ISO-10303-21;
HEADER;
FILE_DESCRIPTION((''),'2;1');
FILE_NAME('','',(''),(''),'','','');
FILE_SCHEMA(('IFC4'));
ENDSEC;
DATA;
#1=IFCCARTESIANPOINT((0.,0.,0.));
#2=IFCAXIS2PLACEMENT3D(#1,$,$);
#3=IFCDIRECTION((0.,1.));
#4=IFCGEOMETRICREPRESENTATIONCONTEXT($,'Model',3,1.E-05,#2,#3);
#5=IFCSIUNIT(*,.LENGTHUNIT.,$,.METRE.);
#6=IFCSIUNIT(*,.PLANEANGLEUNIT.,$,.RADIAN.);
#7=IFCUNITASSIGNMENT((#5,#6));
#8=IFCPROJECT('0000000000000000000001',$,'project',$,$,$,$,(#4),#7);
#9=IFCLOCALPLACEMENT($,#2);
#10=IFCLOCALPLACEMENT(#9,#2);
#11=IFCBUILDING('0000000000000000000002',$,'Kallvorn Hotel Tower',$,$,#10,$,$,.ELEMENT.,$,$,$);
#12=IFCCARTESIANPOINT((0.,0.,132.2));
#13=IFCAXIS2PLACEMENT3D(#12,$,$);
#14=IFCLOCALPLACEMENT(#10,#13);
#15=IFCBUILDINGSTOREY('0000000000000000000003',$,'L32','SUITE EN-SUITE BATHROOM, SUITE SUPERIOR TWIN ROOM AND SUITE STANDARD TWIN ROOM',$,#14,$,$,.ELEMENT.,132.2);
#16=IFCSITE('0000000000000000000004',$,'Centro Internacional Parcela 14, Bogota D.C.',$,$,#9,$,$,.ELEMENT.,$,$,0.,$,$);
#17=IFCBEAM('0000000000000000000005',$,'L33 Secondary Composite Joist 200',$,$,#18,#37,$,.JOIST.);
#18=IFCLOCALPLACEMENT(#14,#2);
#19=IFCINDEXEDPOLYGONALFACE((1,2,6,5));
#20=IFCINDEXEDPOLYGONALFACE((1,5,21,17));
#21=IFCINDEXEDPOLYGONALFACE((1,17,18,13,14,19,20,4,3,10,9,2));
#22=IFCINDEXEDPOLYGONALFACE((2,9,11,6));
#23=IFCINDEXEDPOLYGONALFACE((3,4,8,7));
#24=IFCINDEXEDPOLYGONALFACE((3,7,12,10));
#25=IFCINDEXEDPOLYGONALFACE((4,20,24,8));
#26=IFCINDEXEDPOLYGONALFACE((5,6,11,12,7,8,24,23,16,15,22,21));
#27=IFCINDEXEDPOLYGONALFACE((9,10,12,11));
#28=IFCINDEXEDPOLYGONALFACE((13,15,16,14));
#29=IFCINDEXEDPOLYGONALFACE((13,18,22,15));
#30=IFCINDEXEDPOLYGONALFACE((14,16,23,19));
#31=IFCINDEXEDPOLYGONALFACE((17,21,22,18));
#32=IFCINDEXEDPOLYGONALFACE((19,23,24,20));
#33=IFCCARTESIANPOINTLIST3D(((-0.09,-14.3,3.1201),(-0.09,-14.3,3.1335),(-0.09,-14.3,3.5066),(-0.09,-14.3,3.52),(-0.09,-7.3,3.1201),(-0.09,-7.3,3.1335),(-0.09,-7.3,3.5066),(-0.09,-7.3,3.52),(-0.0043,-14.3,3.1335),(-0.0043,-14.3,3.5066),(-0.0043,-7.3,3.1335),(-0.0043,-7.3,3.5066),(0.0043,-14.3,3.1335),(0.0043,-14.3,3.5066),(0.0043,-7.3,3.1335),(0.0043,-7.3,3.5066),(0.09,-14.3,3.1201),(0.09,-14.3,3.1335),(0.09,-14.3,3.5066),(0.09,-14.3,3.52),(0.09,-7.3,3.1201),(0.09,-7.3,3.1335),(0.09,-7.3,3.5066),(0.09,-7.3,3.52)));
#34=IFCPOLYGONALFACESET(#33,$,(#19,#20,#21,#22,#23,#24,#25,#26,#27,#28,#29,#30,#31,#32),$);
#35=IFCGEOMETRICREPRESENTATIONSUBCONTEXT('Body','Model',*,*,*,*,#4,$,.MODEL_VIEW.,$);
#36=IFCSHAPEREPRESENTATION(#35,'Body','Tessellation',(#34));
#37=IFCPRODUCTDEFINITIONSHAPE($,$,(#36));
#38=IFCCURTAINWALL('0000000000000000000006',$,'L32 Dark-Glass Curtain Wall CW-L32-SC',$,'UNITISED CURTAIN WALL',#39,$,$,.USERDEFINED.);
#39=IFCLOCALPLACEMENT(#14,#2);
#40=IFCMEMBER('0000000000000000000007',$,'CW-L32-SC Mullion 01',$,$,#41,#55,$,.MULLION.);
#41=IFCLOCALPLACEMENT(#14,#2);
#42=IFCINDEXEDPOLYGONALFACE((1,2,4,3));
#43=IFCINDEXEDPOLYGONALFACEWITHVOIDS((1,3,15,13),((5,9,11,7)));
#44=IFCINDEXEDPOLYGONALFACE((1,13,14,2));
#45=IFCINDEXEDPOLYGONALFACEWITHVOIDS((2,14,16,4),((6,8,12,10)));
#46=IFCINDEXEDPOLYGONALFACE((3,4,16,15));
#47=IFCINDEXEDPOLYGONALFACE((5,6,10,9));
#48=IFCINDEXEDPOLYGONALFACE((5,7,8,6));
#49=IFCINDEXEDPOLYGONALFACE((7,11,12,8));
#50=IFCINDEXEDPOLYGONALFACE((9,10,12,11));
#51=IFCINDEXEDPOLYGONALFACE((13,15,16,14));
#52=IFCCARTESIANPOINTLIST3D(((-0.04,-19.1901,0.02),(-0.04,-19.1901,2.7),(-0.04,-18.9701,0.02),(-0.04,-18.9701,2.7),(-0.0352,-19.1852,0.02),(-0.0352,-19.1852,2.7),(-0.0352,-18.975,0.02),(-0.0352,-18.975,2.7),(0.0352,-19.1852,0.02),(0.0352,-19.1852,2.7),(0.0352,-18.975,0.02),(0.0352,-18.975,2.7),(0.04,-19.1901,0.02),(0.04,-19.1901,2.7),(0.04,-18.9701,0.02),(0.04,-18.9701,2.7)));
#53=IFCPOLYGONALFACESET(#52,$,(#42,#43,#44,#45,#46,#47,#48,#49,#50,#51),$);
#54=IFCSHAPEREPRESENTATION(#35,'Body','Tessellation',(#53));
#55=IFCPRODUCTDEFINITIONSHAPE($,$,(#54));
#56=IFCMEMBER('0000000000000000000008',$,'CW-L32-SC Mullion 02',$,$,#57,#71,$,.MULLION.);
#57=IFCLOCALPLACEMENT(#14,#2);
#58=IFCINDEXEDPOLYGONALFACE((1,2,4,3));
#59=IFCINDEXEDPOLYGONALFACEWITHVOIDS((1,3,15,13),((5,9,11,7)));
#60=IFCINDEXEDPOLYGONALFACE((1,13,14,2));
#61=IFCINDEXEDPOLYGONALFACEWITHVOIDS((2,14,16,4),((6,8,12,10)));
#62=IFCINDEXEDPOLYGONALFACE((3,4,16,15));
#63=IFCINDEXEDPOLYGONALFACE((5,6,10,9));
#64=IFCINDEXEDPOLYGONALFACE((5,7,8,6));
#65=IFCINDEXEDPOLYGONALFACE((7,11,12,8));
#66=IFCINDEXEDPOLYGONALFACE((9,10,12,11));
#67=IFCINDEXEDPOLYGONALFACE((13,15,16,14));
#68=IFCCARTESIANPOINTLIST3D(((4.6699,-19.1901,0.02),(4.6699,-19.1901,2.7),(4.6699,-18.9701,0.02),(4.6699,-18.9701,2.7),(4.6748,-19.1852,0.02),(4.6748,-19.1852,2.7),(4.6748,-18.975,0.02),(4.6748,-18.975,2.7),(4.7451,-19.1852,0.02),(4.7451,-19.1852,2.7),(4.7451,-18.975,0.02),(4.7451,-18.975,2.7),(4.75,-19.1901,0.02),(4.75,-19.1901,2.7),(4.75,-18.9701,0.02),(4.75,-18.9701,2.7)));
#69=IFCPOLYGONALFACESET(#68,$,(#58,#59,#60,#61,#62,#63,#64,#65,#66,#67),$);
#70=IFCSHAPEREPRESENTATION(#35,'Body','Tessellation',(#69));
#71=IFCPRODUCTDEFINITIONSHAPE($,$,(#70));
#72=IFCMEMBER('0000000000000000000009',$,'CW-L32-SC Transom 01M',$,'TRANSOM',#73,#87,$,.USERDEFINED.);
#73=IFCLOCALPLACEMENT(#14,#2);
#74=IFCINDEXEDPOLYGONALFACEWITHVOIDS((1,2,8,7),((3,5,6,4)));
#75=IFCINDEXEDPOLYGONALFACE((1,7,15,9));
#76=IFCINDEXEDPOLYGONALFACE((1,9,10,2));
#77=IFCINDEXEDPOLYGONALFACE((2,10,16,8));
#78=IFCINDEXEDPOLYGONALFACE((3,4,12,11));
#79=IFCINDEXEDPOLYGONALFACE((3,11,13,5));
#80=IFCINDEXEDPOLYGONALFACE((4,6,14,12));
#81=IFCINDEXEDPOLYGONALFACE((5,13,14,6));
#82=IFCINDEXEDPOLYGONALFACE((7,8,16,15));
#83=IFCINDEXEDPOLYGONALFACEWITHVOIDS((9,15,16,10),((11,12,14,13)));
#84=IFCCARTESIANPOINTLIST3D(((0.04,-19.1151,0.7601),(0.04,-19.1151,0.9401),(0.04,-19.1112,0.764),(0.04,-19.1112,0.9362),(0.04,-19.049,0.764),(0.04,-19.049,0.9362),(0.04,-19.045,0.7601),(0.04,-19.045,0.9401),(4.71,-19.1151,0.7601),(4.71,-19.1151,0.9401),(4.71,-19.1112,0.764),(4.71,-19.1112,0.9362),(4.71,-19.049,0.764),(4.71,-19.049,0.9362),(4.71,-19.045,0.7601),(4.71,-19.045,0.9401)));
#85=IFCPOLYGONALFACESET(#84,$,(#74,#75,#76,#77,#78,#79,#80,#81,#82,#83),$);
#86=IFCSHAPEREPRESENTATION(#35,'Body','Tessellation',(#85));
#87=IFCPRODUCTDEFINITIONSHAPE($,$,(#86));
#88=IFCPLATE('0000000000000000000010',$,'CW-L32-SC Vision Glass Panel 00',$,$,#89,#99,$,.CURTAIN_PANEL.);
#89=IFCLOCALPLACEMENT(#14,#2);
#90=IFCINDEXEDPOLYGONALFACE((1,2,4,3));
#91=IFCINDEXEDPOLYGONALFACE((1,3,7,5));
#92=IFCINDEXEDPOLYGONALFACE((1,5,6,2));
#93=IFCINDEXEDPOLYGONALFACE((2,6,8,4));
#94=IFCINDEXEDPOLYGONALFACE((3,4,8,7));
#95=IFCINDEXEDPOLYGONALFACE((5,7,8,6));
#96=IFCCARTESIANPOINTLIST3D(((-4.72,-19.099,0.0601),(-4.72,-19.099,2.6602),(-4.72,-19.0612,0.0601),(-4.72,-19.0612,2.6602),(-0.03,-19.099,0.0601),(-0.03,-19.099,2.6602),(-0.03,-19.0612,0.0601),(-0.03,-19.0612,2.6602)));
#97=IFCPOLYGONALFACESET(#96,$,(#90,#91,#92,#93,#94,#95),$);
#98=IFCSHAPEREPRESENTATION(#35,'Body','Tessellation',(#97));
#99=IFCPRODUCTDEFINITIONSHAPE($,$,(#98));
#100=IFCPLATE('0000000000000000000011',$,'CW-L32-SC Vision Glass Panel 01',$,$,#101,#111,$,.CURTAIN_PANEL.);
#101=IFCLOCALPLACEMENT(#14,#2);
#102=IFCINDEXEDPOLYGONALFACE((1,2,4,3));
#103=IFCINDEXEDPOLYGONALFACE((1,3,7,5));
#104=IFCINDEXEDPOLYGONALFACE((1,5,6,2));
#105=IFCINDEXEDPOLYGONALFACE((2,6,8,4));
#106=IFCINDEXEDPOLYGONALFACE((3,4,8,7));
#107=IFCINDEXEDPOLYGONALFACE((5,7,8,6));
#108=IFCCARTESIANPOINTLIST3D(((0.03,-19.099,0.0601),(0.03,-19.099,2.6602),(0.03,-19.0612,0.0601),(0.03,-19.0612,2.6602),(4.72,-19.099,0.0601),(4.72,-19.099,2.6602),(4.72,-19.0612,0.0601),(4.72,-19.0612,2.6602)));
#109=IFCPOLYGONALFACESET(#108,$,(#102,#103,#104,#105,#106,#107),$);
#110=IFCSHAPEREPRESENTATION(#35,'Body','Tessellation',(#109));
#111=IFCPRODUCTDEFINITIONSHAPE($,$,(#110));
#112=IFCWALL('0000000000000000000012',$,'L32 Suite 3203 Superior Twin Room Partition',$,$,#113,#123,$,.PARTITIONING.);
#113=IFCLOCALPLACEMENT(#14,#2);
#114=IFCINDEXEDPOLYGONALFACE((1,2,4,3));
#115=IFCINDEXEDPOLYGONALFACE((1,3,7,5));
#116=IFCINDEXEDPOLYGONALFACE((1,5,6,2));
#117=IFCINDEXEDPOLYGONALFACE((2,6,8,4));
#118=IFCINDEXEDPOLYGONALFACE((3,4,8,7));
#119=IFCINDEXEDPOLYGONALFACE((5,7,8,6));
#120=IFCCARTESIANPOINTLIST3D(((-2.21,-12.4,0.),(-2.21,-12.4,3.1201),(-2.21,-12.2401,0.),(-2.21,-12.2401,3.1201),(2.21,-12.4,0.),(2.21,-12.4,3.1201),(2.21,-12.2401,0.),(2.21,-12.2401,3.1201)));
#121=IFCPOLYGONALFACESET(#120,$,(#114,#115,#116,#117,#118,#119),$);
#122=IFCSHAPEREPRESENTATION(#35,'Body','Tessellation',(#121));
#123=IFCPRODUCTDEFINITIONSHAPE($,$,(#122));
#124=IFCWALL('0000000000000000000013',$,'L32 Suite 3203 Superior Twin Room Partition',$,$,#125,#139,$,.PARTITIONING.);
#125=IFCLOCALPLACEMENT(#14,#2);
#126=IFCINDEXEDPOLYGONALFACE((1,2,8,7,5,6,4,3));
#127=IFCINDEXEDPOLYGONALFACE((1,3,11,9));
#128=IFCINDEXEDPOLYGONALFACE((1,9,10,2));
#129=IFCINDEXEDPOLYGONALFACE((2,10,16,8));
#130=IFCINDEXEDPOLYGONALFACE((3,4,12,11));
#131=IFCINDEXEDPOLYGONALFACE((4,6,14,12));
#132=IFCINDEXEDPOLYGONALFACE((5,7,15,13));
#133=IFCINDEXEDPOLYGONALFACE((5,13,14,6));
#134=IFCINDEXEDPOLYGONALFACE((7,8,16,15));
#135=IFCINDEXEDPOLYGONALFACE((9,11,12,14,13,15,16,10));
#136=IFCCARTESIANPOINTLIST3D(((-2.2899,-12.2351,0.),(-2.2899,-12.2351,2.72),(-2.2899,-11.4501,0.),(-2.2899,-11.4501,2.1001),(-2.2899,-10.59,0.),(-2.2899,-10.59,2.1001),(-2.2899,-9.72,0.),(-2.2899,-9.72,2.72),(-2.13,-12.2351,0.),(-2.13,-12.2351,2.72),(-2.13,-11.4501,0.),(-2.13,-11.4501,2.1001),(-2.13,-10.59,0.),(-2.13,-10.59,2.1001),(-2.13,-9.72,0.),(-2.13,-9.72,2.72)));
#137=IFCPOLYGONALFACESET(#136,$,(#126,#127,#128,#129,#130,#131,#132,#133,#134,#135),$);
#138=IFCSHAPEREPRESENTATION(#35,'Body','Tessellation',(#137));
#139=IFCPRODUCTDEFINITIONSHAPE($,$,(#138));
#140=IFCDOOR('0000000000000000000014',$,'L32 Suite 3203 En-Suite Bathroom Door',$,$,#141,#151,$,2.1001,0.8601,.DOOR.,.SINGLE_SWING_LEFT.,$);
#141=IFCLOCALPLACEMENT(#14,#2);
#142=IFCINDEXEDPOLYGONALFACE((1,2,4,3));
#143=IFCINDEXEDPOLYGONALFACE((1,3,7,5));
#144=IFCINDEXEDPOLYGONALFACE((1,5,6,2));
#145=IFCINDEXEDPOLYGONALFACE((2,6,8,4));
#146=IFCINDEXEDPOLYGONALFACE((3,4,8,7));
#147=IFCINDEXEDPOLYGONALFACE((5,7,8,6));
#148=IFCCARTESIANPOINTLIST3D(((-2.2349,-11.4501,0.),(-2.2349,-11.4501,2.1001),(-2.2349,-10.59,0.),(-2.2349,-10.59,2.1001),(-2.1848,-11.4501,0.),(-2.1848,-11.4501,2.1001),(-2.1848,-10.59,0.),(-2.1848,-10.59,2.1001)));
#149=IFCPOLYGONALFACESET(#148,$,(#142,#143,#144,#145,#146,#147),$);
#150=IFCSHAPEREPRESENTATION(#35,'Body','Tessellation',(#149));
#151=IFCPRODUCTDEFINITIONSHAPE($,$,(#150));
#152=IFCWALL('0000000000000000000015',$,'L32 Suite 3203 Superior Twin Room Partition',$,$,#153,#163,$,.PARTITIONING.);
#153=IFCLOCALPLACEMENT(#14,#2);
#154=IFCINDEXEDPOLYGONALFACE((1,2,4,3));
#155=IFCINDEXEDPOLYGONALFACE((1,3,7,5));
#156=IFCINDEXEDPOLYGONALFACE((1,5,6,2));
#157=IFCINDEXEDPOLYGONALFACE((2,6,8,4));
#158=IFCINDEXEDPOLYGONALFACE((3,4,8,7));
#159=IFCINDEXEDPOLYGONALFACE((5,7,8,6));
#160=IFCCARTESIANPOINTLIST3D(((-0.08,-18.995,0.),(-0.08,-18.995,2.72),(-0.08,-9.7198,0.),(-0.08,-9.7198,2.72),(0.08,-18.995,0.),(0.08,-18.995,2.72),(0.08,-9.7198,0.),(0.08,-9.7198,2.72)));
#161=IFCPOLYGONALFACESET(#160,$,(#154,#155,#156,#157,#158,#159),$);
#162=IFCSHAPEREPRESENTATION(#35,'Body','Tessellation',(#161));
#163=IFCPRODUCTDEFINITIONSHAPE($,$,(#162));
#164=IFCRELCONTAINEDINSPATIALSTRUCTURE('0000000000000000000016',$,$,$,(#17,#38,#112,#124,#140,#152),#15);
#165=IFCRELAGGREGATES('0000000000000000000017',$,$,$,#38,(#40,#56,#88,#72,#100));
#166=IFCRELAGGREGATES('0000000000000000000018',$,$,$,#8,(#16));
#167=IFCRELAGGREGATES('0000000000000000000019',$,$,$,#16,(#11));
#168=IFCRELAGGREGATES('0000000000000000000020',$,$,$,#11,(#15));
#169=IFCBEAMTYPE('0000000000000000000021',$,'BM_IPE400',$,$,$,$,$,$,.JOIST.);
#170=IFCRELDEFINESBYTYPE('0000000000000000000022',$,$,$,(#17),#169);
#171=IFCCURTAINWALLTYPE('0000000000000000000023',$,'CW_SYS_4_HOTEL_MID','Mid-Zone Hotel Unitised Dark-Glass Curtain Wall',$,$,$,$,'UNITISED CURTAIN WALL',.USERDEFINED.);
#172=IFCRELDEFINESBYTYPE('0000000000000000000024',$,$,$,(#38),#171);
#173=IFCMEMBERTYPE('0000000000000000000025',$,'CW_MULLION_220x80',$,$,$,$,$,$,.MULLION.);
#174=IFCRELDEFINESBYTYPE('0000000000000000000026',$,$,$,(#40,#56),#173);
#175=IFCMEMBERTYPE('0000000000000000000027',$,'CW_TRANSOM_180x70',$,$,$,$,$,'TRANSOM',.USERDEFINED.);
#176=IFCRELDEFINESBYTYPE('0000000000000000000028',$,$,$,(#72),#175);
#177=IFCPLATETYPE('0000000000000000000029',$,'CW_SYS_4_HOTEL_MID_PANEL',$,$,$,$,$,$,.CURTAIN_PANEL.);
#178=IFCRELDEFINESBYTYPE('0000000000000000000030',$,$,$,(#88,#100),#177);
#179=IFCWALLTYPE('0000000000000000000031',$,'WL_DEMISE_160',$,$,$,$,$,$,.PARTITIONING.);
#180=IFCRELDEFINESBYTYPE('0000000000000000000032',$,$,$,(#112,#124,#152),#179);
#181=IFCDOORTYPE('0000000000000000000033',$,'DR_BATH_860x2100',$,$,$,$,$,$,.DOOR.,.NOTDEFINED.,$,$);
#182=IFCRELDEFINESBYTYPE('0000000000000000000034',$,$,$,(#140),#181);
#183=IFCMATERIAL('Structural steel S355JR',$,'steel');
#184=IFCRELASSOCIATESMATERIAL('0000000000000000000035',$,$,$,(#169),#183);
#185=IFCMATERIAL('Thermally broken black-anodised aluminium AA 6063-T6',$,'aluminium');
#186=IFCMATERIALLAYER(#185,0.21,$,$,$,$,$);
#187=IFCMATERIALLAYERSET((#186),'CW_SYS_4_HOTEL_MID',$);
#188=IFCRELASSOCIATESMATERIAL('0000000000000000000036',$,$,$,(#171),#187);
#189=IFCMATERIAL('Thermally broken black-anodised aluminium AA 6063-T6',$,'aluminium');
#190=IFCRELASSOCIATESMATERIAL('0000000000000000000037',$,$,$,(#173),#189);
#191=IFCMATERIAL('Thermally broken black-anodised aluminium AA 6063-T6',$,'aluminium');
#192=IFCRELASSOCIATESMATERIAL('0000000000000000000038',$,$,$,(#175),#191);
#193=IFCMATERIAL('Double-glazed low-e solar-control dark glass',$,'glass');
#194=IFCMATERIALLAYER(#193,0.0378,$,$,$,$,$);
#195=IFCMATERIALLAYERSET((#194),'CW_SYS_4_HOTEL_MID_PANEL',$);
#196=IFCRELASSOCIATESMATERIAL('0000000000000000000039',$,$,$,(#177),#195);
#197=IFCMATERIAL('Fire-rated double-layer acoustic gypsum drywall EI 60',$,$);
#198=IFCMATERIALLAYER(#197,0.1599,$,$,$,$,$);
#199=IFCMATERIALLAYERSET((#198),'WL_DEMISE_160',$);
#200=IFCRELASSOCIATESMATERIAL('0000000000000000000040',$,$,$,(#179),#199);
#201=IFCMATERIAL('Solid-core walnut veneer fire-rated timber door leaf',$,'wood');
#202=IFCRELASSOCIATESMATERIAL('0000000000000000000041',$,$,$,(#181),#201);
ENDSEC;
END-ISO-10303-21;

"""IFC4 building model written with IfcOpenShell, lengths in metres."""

from ifc_helpers import new_model, si_unit, direction, frame, frame_2d, origin, origin_2d, place, context, subcontext, project, spatial, rectangle, hollow_rectangle, i_section, extrude, material, layer, layer_set, material_profile, profile_set, type_object, element, fill, aggregate, save


model = new_model("IFC4")

# Units and contexts
model_context = context("Model", 3, precision=1e-05, world=origin(), true_north=direction((0.0, 1.0)))
body_context = subcontext(model_context, "Body", "Model", "MODEL_VIEW")
ifc_project = project(units=[si_unit("LENGTHUNIT", "METRE"), si_unit("PLANEANGLEUNIT", "RADIAN")], contexts=[model_context])

# Site, building, storey
site_placement = place(None, origin())
site = spatial("IfcSite", under=ifc_project, at=site_placement, Name="Centro Internacional Parcela 14, Bogota D.C.", CompositionType="ELEMENT", RefElevation=0.0)
building_placement = place(site_placement, origin())
building = spatial("IfcBuilding", under=site, at=building_placement, Name="Kallvorn Hotel Tower", CompositionType="ELEMENT")
storey_placement = place(building_placement, frame((0.0, 0.0, 132.2)))
storey = spatial("IfcBuildingStorey", under=building, at=storey_placement, Name="L32", Description="SUITE EN-SUITE BATHROOM, SUITE SUPERIOR TWIN ROOM AND SUITE STANDARD TWIN ROOM", CompositionType="ELEMENT", Elevation=132.2)

# Beam
ifc_material_1 = material(Name="Structural steel S355JR", Category="steel")
ifc_material_profile_1 = material_profile(ifc_material_1, i_section(OverallWidth=0.1799, OverallDepth=0.3999, WebThickness=0.0085, FlangeThickness=0.0134, at=origin_2d()), Name="IPE 400")
ifc_profile_set_1 = profile_set([ifc_material_profile_1], Name="Structural steel S355JR")
beam_type_1 = type_object("IfcBeamType", Name="BM_IPE400", PredefinedType="JOIST", material=ifc_profile_set_1)
beam_1_placement = place(storey_placement, frame((0.0, -14.3, 3.3201), z_axis=(0.0, 1.0, 0.0), x_axis=(-1.0, 0.0, 0.0)))
element("IfcBeam", 1, at=beam_1_placement, inside=storey, type_object=beam_type_1, Name="L33 Secondary Composite Joist 200", PredefinedType="JOIST", context=body_context, shape_type="SweptSolid", body=[
    extrude(i_section(OverallWidth=0.1799, OverallDepth=0.3999, WebThickness=0.0085, FlangeThickness=0.0134, at=origin_2d()), origin(), (0.0, 0.0, 1.0), 7.0),
])

# Curtain wall, members, plates
ifc_material_2 = material(Name="Thermally broken black-anodised aluminium AA 6063-T6", Category="aluminium")
ifc_layer_1 = layer(ifc_material_2, 0.21)
ifc_layer_set_1 = layer_set([ifc_layer_1], Name="CW_SYS_4_HOTEL_MID")
curtain_wall_type = type_object("IfcCurtainWallType", Name="CW_SYS_4_HOTEL_MID", Description="Mid-Zone Hotel Unitised Dark-Glass Curtain Wall", ElementType="UNITISED CURTAIN WALL", PredefinedType="USERDEFINED", material=ifc_layer_set_1)
curtain_wall_placement = place(storey_placement, origin())
curtain_wall = element("IfcCurtainWall", 2, at=curtain_wall_placement, inside=storey, type_object=curtain_wall_type, Name="L32 Dark-Glass Curtain Wall CW-L32-SC", ObjectType="UNITISED CURTAIN WALL", PredefinedType="USERDEFINED")
ifc_material_3 = material(Name="Thermally broken black-anodised aluminium AA 6063-T6", Category="aluminium")
ifc_material_profile_2 = material_profile(ifc_material_3, hollow_rectangle(XDim=0.0801, YDim=0.22, WallThickness=0.0049, at=origin_2d()), Name="MUL 220x80")
ifc_profile_set_2 = profile_set([ifc_material_profile_2], Name="Thermally broken black-anodised aluminium AA 6063-T6")
member_type_1 = type_object("IfcMemberType", Name="CW_MULLION_220x80", PredefinedType="MULLION", material=ifc_profile_set_2)
member_1_placement = place(storey_placement, frame((0.0, -19.0801, 0.02), z_axis=(0.0, 0.0, 1.0), x_axis=(1.0, 0.0, 0.0)))
member_1 = element("IfcMember", 3, at=member_1_placement, type_object=member_type_1, Name="CW-L32-SC Mullion 01", PredefinedType="MULLION", context=body_context, shape_type="SweptSolid", body=[
    extrude(hollow_rectangle(XDim=0.0801, YDim=0.22, WallThickness=0.0049, at=origin_2d()), origin(), (0.0, 0.0, 1.0), 2.6799),
])
member_2_placement = place(storey_placement, frame((4.71, -19.0801, 0.02), z_axis=(0.0, 0.0, 1.0), x_axis=(1.0, 0.0, 0.0)))
member_2 = element("IfcMember", 4, at=member_2_placement, type_object=member_type_1, Name="CW-L32-SC Mullion 02", PredefinedType="MULLION", context=body_context, shape_type="SweptSolid", body=[
    extrude(hollow_rectangle(XDim=0.0801, YDim=0.22, WallThickness=0.0049, at=origin_2d()), origin(), (0.0, 0.0, 1.0), 2.6799),
])
ifc_material_4 = material(Name="Thermally broken black-anodised aluminium AA 6063-T6", Category="aluminium")
ifc_material_profile_3 = material_profile(ifc_material_4, hollow_rectangle(XDim=0.0701, YDim=0.1799, WallThickness=0.0039, at=origin_2d()), Name="TRN 180x70")
ifc_profile_set_3 = profile_set([ifc_material_profile_3], Name="Thermally broken black-anodised aluminium AA 6063-T6")
member_type_2 = type_object("IfcMemberType", Name="CW_TRANSOM_180x70", ElementType="TRANSOM", PredefinedType="USERDEFINED", material=ifc_profile_set_3)
member_3_placement = place(storey_placement, frame((0.04, -19.0801, 0.8501), z_axis=(1.0, 0.0, 0.0), x_axis=(0.0, 1.0, 0.0)))
member_3 = element("IfcMember", 5, at=member_3_placement, type_object=member_type_2, Name="CW-L32-SC Transom 01M", ObjectType="TRANSOM", PredefinedType="USERDEFINED", context=body_context, shape_type="SweptSolid", body=[
    extrude(hollow_rectangle(XDim=0.0701, YDim=0.1799, WallThickness=0.0039, at=origin_2d()), origin(), (0.0, 0.0, 1.0), 4.6699),
])
ifc_material_5 = material(Name="Double-glazed low-e solar-control dark glass", Category="glass")
ifc_layer_2 = layer(ifc_material_5, 0.0378)
ifc_layer_set_2 = layer_set([ifc_layer_2], Name="CW_SYS_4_HOTEL_MID_PANEL")
plate_type = type_object("IfcPlateType", Name="CW_SYS_4_HOTEL_MID_PANEL", PredefinedType="CURTAIN_PANEL", material=ifc_layer_set_2)
plate_1_placement = place(storey_placement, frame((-2.375, -19.0801, 0.0601), z_axis=(0.0, 0.0, 1.0), x_axis=(1.0, 0.0, 0.0)))
plate_1 = element("IfcPlate", 6, at=plate_1_placement, type_object=plate_type, Name="CW-L32-SC Vision Glass Panel 00", PredefinedType="CURTAIN_PANEL", context=body_context, shape_type="SweptSolid", body=[
    extrude(rectangle(XDim=4.6899, YDim=0.0378, at=origin_2d()), origin(), (0.0, 0.0, 1.0), 2.6001),
])
plate_2_placement = place(storey_placement, frame((2.375, -19.0801, 0.0601), z_axis=(0.0, 0.0, 1.0), x_axis=(1.0, 0.0, 0.0)))
plate_2 = element("IfcPlate", 7, at=plate_2_placement, type_object=plate_type, Name="CW-L32-SC Vision Glass Panel 01", PredefinedType="CURTAIN_PANEL", context=body_context, shape_type="SweptSolid", body=[
    extrude(rectangle(XDim=4.6899, YDim=0.0378, at=origin_2d()), origin(), (0.0, 0.0, 1.0), 2.6001),
])
aggregate(curtain_wall, [member_1, member_2, plate_1, member_3, plate_2])

# Wall
ifc_material_6 = material(Name="Fire-rated double-layer acoustic gypsum drywall EI 60")
ifc_layer_3 = layer(ifc_material_6, 0.1599)
ifc_layer_set_3 = layer_set([ifc_layer_3], Name="WL_DEMISE_160")
wall_type = type_object("IfcWallType", Name="WL_DEMISE_160", PredefinedType="PARTITIONING", material=ifc_layer_set_3)
wall_1_placement = place(storey_placement, frame((-2.21, -12.3201, 0.0), z_axis=(0.0, 0.0, 1.0), x_axis=(1.0, 0.0, 0.0)))
element("IfcWall", 8, at=wall_1_placement, inside=storey, type_object=wall_type, Name="L32 Suite 3203 Superior Twin Room Partition", PredefinedType="PARTITIONING", context=body_context, shape_type="SweptSolid", body=[
    extrude(rectangle(XDim=4.4199, YDim=0.1599, at=frame_2d((2.21, 0.0))), origin(), (0.0, 0.0, 1.0), 3.1201),
])

# Wall, opening, door
wall_2_placement = place(storey_placement, frame((-2.21, -12.2351, 0.0), z_axis=(0.0, 0.0, 1.0), x_axis=(0.0, 1.0, 0.0)))
wall_2 = element("IfcWall", 9, at=wall_2_placement, inside=storey, type_object=wall_type, Name="L32 Suite 3203 Superior Twin Room Partition", PredefinedType="PARTITIONING", context=body_context, shape_type="SweptSolid", body=[
    extrude(rectangle(XDim=2.5151, YDim=0.1599, at=frame_2d((1.2576, 0.0))), origin(), (0.0, 0.0, 1.0), 2.72),
])
opening_1_placement = place(wall_2_placement, frame((0.7849, 0.0, 0.0)))
opening_1 = element("IfcOpeningElement", 10, at=opening_1_placement, cuts=wall_2, PredefinedType="OPENING", context=body_context, shape_type="SweptSolid", body=[
    extrude(rectangle(XDim=0.8601, YDim=2.1001, at=frame_2d((0.4302, 1.05))), frame((0.0, 0.095, 0.0), z_axis=(0.0, -1.0, 0.0), x_axis=(1.0, 0.0, 0.0)), (0.0, 0.0, 1.0), 0.1899),
])
ifc_material_7 = material(Name="Solid-core walnut veneer fire-rated timber door leaf", Category="wood")
door_type = type_object("IfcDoorType", Name="DR_BATH_860x2100", OperationType="NOTDEFINED", PredefinedType="DOOR", material=ifc_material_7)
door_1_placement = place(opening_1_placement, origin())
door_1 = element("IfcDoor", 11, at=door_1_placement, inside=storey, type_object=door_type, Name="L32 Suite 3203 En-Suite Bathroom Door", OperationType="SINGLE_SWING_LEFT", OverallHeight=2.1001, OverallWidth=0.8601, PredefinedType="DOOR", context=body_context, shape_type="SweptSolid", body=[
    extrude(rectangle(XDim=0.8601, YDim=2.1001, at=frame_2d((0.4302, 1.05))), frame((0.0, 0.0249, 0.0), z_axis=(0.0, -1.0, 0.0), x_axis=(1.0, 0.0, 0.0)), (0.0, 0.0, 1.0), 0.05),
])
fill(opening_1, door_1)

# Wall
wall_3_placement = place(storey_placement, frame((0.0, -18.9951, 0.0), z_axis=(0.0, 0.0, 1.0), x_axis=(0.0, 1.0, 0.0)))
element("IfcWall", 12, at=wall_3_placement, inside=storey, type_object=wall_type, Name="L32 Suite 3203 Superior Twin Room Partition", PredefinedType="PARTITIONING", context=body_context, shape_type="SweptSolid", body=[
    extrude(rectangle(XDim=9.2751, YDim=0.1599, at=frame_2d((4.6377, 0.0))), origin(), (0.0, 0.0, 1.0), 2.72),
])

save(model, "model.ifc")
